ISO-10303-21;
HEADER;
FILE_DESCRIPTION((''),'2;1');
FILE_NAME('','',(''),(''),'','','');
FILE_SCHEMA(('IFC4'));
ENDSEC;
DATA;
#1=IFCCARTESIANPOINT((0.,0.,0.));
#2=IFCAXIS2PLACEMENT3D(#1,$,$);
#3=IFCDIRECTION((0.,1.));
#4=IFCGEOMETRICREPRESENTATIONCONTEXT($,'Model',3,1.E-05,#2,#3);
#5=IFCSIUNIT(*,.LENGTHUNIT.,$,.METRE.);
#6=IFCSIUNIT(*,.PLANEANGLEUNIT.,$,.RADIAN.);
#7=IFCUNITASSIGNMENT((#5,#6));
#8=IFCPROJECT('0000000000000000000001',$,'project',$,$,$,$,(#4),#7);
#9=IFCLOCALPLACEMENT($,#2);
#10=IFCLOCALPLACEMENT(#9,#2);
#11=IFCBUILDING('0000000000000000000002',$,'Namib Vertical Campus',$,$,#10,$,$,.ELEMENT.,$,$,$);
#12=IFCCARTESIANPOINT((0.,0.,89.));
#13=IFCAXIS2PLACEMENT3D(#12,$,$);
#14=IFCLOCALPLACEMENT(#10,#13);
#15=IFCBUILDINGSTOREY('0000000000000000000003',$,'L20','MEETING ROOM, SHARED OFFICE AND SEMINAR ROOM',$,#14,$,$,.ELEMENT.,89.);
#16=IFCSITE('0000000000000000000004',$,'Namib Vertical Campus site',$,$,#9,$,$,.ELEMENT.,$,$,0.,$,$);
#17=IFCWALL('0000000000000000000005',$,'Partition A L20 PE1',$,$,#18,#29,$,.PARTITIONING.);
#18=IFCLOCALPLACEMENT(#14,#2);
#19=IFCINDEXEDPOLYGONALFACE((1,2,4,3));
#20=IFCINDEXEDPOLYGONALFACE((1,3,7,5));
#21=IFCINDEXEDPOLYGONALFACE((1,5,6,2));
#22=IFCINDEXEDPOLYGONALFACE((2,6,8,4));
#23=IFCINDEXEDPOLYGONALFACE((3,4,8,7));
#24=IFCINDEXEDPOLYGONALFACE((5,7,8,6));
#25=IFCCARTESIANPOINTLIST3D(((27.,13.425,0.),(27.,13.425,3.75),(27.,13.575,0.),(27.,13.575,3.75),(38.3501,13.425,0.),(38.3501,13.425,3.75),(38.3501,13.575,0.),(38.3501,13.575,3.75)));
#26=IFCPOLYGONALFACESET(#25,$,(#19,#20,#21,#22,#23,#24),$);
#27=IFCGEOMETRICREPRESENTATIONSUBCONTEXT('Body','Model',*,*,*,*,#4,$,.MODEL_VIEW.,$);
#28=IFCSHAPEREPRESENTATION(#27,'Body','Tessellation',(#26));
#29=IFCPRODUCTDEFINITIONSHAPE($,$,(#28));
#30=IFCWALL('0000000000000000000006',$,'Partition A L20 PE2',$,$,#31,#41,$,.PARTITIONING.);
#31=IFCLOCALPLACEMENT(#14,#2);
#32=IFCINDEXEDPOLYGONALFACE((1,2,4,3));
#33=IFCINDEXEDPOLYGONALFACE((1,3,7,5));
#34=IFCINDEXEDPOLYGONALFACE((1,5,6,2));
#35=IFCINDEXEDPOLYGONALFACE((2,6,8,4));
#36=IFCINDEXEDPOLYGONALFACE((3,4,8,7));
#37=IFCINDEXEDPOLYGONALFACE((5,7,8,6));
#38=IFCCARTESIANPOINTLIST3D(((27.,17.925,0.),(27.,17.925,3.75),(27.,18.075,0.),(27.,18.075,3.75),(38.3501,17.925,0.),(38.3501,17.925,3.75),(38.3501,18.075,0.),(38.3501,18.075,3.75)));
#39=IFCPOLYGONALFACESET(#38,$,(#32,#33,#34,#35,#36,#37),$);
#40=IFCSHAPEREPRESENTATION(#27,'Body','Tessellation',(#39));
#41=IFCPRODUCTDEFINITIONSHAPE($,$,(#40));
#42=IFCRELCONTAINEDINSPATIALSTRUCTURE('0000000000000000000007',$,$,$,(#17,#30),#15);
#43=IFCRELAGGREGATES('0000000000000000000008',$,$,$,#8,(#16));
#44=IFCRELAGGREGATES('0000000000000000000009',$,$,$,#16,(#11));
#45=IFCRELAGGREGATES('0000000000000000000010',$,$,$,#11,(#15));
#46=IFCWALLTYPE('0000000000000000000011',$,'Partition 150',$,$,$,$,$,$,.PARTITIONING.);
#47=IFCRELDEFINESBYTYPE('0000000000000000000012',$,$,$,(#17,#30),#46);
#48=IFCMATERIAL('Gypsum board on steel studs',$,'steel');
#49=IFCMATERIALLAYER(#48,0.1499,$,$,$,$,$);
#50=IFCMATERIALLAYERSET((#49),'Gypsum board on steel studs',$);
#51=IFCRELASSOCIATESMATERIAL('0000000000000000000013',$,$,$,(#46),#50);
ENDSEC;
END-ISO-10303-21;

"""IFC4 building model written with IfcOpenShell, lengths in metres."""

from ifc_helpers import new_model, si_unit, direction, frame, frame_2d, origin, place, context, subcontext, project, spatial, rectangle, extrude, material, layer, layer_set, type_object, element, save


model = new_model("IFC4")

# Units and contexts
model_context = context("Model", 3, precision=1e-05, world=origin(), true_north=direction((0.0, 1.0)))
body_context = subcontext(model_context, "Body", "Model", "MODEL_VIEW")
ifc_project = project(units=[si_unit("LENGTHUNIT", "METRE"), si_unit("PLANEANGLEUNIT", "RADIAN")], contexts=[model_context])

# Site, building, storey
site_placement = place(None, origin())
site = spatial("IfcSite", under=ifc_project, at=site_placement, Name="Namib Vertical Campus site", CompositionType="ELEMENT", RefElevation=0.0)
building_placement = place(site_placement, origin())
building = spatial("IfcBuilding", under=site, at=building_placement, Name="Namib Vertical Campus", CompositionType="ELEMENT")
storey_placement = place(building_placement, frame((0.0, 0.0, 89.0)))
storey = spatial("IfcBuildingStorey", under=building, at=storey_placement, Name="L20", Description="MEETING ROOM, SHARED OFFICE AND SEMINAR ROOM", CompositionType="ELEMENT", Elevation=89.0)

# Walls
ifc_material_1 = material(Name="Gypsum board on steel studs", Category="steel")
ifc_layer_1 = layer(ifc_material_1, 0.1499)
ifc_layer_set_1 = layer_set([ifc_layer_1], Name="Gypsum board on steel studs")
wall_type_1 = type_object("IfcWallType", Name="Partition 150", PredefinedType="PARTITIONING", material=ifc_layer_set_1)
for number, where, z_axis, x_axis, name in (
    (1, (27.0, 13.5, 0.0), (0.0, 0.0, 1.0), (1.0, 0.0, 0.0), "Partition A L20 PE1"),
    (2, (27.0, 18.0, 0.0), (0.0, 0.0, 1.0), (1.0, 0.0, 0.0), "Partition A L20 PE2"),
):
    element("IfcWall", number, at=place(storey_placement, frame(where, z_axis=z_axis, x_axis=x_axis)), inside=storey, type_object=wall_type_1, Name=name, PredefinedType="PARTITIONING", context=body_context, shape_type="SweptSolid", body=[
        extrude(rectangle(XDim=11.3501, YDim=0.1499, at=frame_2d((5.675, 0.0))), origin(), (0.0, 0.0, 1.0), 3.75),
    ])

save(model, "model.ifc")
